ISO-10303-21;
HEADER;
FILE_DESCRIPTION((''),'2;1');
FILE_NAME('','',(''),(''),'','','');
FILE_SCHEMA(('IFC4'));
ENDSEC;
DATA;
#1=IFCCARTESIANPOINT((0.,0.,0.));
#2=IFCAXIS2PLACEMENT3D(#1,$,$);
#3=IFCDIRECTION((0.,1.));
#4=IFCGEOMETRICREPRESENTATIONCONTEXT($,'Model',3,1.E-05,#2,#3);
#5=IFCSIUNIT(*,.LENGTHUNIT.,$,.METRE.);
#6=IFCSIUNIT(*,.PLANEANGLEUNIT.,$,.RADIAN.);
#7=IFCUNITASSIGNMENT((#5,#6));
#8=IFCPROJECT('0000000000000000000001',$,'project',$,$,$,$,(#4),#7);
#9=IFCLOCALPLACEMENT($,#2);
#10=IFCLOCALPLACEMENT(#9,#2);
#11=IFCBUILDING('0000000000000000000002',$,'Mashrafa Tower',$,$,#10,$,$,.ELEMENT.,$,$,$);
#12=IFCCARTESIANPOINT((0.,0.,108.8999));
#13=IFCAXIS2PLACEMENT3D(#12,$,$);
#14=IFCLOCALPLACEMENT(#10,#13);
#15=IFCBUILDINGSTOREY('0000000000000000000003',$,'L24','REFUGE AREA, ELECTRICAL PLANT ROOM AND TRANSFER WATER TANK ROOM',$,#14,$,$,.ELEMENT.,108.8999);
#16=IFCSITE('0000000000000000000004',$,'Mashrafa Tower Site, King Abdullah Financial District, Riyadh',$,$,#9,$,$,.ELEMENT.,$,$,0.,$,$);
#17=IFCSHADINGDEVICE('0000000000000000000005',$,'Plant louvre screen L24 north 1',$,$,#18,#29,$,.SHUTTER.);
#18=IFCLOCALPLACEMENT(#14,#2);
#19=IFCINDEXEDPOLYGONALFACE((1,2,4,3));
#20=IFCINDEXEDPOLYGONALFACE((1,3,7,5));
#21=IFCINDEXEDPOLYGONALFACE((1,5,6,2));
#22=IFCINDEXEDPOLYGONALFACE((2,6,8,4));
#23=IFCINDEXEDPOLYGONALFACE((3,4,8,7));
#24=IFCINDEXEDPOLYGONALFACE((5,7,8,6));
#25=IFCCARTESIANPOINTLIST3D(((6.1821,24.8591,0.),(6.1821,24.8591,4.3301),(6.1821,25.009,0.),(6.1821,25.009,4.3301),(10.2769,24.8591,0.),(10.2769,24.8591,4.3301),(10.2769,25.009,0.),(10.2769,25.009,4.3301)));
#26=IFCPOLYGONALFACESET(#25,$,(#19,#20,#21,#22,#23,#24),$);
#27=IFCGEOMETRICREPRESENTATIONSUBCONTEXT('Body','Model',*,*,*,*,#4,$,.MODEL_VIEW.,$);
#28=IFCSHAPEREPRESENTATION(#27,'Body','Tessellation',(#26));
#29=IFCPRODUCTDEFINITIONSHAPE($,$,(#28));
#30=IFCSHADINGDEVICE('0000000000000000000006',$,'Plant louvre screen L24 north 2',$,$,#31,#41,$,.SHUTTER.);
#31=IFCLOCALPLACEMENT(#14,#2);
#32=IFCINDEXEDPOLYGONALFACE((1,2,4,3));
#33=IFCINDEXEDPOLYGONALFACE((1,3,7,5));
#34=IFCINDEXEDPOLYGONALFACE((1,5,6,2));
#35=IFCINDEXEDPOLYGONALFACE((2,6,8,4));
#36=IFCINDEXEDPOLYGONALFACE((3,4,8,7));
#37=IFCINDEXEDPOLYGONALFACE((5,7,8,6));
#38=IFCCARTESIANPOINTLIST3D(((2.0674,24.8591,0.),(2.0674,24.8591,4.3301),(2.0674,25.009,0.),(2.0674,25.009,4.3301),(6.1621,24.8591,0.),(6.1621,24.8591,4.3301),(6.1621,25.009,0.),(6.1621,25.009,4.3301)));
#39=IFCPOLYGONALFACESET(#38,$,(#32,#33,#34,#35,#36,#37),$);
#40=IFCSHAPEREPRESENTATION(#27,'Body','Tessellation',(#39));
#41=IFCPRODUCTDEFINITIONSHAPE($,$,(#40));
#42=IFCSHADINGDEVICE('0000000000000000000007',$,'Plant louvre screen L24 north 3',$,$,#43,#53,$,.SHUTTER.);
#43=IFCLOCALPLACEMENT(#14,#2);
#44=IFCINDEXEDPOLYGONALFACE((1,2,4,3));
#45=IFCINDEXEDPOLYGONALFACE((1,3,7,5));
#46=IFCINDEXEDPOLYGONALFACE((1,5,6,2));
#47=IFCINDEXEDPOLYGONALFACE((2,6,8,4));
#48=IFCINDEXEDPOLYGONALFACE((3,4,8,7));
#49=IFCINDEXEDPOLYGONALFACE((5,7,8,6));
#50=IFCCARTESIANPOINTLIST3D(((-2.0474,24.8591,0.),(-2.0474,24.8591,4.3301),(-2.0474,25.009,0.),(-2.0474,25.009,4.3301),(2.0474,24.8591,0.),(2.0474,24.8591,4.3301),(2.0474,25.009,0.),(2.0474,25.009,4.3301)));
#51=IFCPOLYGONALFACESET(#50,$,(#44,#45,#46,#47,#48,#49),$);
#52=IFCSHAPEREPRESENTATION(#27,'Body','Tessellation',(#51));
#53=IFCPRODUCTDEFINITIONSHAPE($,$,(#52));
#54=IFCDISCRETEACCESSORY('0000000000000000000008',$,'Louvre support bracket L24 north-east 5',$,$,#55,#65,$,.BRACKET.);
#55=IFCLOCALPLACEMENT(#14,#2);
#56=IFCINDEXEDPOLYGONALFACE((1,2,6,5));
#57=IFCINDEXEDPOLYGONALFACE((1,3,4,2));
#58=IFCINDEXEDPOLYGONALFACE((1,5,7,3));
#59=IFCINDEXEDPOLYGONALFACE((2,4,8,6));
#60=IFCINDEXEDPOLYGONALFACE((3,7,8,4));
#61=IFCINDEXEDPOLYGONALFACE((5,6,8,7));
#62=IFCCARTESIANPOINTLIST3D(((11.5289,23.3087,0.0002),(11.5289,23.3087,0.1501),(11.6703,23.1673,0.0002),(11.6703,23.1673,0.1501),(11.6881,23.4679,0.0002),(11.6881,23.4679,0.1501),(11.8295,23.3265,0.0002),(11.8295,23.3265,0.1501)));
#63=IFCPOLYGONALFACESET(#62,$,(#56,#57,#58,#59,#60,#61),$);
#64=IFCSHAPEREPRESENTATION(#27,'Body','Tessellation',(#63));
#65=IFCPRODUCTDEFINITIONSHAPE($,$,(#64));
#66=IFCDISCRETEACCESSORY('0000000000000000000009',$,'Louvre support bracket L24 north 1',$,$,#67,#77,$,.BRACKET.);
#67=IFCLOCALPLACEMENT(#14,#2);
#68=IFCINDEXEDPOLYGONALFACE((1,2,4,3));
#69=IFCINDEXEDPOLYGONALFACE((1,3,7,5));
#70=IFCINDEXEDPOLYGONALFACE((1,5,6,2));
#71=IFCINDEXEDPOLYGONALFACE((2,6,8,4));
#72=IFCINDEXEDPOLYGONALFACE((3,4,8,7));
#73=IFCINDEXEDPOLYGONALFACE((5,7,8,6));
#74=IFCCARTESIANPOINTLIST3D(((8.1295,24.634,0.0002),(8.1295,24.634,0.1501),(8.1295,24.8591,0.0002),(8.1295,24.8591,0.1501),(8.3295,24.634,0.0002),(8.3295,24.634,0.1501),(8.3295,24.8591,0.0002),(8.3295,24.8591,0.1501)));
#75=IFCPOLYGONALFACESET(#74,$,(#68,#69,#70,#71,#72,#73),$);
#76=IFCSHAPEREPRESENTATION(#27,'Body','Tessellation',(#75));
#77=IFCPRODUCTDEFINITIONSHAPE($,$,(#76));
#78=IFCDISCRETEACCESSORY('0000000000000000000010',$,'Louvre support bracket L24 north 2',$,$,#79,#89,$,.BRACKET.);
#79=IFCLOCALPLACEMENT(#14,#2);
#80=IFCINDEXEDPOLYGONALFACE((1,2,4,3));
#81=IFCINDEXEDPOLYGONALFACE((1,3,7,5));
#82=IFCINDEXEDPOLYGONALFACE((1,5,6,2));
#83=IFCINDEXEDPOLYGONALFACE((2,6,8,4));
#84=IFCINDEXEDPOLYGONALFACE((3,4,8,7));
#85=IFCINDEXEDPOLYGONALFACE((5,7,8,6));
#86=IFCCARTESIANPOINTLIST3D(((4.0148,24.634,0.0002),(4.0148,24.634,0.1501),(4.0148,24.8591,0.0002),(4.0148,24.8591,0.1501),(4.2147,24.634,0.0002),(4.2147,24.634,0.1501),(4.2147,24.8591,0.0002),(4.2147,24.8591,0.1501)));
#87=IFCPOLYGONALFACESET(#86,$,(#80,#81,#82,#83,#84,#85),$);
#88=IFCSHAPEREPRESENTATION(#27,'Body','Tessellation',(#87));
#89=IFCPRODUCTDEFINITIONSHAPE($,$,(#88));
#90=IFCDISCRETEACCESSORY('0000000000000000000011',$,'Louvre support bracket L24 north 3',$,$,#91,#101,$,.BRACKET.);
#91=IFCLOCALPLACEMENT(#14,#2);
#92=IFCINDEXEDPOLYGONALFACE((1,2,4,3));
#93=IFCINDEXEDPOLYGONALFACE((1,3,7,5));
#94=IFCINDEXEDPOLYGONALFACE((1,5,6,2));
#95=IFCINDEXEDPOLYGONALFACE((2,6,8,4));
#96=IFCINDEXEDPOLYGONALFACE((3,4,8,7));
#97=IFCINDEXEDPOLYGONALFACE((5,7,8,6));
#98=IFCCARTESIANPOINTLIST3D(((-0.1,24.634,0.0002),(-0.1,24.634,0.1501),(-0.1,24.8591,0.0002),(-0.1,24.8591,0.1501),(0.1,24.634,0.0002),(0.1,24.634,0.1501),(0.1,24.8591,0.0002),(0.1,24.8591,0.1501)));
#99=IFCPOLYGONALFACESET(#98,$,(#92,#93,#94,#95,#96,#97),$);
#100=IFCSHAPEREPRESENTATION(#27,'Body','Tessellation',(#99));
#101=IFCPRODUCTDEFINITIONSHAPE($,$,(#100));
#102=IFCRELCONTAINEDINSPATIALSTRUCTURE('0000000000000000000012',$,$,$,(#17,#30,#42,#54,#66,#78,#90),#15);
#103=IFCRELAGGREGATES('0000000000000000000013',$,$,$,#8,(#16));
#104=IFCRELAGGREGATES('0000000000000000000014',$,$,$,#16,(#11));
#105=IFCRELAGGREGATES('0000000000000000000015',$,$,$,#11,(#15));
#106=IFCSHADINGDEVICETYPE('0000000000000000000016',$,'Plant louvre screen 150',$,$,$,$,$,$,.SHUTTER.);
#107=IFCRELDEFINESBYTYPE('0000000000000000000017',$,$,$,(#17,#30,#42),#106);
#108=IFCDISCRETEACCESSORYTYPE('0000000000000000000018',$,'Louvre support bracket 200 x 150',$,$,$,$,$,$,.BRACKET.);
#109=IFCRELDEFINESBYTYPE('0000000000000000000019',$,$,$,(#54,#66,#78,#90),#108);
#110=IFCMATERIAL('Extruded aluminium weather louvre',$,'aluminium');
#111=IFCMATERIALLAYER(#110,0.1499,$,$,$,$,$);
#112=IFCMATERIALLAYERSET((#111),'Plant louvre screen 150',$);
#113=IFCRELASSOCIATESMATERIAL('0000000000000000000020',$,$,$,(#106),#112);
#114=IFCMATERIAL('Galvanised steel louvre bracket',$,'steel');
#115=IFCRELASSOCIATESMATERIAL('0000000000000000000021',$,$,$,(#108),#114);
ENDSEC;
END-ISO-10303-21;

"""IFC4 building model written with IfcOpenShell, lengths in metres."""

from ifc_helpers import new_model, si_unit, direction, frame, origin, origin_2d, place, context, subcontext, project, spatial, rectangle, extrude, source, transform, mapped, material, layer, layer_set, type_object, type_shapes, element, save


model = new_model("IFC4")

# Units and contexts
model_context = context("Model", 3, precision=1e-05, world=origin(), true_north=direction((0.0, 1.0)))
body_context = subcontext(model_context, "Body", "Model", "MODEL_VIEW")
ifc_project = project(units=[si_unit("LENGTHUNIT", "METRE"), si_unit("PLANEANGLEUNIT", "RADIAN")], contexts=[model_context])

# Site, building, storey
site_placement = place(None, origin())
site = spatial("IfcSite", under=ifc_project, at=site_placement, Name="Mashrafa Tower Site, King Abdullah Financial District, Riyadh", CompositionType="ELEMENT", RefElevation=0.0)
building_placement = place(site_placement, origin())
building = spatial("IfcBuilding", under=site, at=building_placement, Name="Mashrafa Tower", CompositionType="ELEMENT")
storey_placement = place(building_placement, frame((0.0, 0.0, 108.8999)))
storey = spatial("IfcBuildingStorey", under=building, at=storey_placement, Name="L24", Description="REFUGE AREA, ELECTRICAL PLANT ROOM AND TRANSFER WATER TANK ROOM", CompositionType="ELEMENT", Elevation=108.8999)

# Shading devices
ifc_material_1 = material(Name="Extruded aluminium weather louvre", Category="aluminium")
ifc_layer = layer(ifc_material_1, 0.1499)
ifc_layer_set = layer_set([ifc_layer], Name="Plant louvre screen 150")
shading_device_type = type_object("IfcShadingDeviceType", Name="Plant louvre screen 150", PredefinedType="SHUTTER", material=ifc_layer_set)
shared_shape_1 = source(origin(), body_context, "Body", "SweptSolid", [
    extrude(rectangle(XDim=4.0947, YDim=0.1499, at=origin_2d()), origin(), (0.0, 0.0, 1.0), 4.3301),
])
type_shapes(shading_device_type, [shared_shape_1])
for number, where, z_axis, x_axis, name in (
    (1, (8.2295, 24.9341, 0.0), (0.0, 0.0, 1.0), (-1.0, 0.0, 0.0), "Plant louvre screen L24 north 1"),
    (2, (4.1147, 24.9341, 0.0), (0.0, 0.0, 1.0), (-1.0, 0.0, 0.0), "Plant louvre screen L24 north 2"),
    (3, (0.0, 24.9341, 0.0), (0.0, 0.0, 1.0), (-1.0, 0.0, 0.0), "Plant louvre screen L24 north 3"),
):
    element("IfcShadingDevice", number, at=place(storey_placement, frame(where, z_axis=z_axis, x_axis=x_axis)), inside=storey, type_object=shading_device_type, Name=name, PredefinedType="SHUTTER", context=body_context, shape_type="MappedRepresentation", body=[
        mapped(shared_shape_1, transform((0.0, 0.0, 0.0))),
    ])

# Discrete accessories
ifc_material_2 = material(Name="Galvanised steel louvre bracket", Category="steel")
discrete_accessory_type = type_object("IfcDiscreteAccessoryType", Name="Louvre support bracket 200 x 150", PredefinedType="BRACKET", material=ifc_material_2)
shared_shape_2 = source(origin(), body_context, "Body", "SweptSolid", [
    extrude(rectangle(XDim=0.2, YDim=0.2251, at=origin_2d()), origin(), (0.0, 0.0, 1.0), 0.1499),
])
type_shapes(discrete_accessory_type, [shared_shape_2])
for number, where, z_axis, x_axis, name in (
    (4, (11.6792, 23.3176, 0.0002), (0.0, 0.0, 1.0), (-0.707107, 0.707107, 0.0), "Louvre support bracket L24 north-east 5"),
    (5, (8.2295, 24.7466, 0.0002), (0.0, 0.0, 1.0), (-1.0, 0.0, 0.0), "Louvre support bracket L24 north 1"),
    (6, (4.1147, 24.7466, 0.0002), (0.0, 0.0, 1.0), (-1.0, 0.0, 0.0), "Louvre support bracket L24 north 2"),
    (7, (0.0, 24.7466, 0.0002), (0.0, 0.0, 1.0), (-1.0, 0.0, 0.0), "Louvre support bracket L24 north 3"),
):
    element("IfcDiscreteAccessory", number, at=place(storey_placement, frame(where, z_axis=z_axis, x_axis=x_axis)), inside=storey, type_object=discrete_accessory_type, Name=name, PredefinedType="BRACKET", context=body_context, shape_type="MappedRepresentation", body=[
        mapped(shared_shape_2, transform((0.0, 0.0, 0.0))),
    ])

save(model, "model.ifc")
